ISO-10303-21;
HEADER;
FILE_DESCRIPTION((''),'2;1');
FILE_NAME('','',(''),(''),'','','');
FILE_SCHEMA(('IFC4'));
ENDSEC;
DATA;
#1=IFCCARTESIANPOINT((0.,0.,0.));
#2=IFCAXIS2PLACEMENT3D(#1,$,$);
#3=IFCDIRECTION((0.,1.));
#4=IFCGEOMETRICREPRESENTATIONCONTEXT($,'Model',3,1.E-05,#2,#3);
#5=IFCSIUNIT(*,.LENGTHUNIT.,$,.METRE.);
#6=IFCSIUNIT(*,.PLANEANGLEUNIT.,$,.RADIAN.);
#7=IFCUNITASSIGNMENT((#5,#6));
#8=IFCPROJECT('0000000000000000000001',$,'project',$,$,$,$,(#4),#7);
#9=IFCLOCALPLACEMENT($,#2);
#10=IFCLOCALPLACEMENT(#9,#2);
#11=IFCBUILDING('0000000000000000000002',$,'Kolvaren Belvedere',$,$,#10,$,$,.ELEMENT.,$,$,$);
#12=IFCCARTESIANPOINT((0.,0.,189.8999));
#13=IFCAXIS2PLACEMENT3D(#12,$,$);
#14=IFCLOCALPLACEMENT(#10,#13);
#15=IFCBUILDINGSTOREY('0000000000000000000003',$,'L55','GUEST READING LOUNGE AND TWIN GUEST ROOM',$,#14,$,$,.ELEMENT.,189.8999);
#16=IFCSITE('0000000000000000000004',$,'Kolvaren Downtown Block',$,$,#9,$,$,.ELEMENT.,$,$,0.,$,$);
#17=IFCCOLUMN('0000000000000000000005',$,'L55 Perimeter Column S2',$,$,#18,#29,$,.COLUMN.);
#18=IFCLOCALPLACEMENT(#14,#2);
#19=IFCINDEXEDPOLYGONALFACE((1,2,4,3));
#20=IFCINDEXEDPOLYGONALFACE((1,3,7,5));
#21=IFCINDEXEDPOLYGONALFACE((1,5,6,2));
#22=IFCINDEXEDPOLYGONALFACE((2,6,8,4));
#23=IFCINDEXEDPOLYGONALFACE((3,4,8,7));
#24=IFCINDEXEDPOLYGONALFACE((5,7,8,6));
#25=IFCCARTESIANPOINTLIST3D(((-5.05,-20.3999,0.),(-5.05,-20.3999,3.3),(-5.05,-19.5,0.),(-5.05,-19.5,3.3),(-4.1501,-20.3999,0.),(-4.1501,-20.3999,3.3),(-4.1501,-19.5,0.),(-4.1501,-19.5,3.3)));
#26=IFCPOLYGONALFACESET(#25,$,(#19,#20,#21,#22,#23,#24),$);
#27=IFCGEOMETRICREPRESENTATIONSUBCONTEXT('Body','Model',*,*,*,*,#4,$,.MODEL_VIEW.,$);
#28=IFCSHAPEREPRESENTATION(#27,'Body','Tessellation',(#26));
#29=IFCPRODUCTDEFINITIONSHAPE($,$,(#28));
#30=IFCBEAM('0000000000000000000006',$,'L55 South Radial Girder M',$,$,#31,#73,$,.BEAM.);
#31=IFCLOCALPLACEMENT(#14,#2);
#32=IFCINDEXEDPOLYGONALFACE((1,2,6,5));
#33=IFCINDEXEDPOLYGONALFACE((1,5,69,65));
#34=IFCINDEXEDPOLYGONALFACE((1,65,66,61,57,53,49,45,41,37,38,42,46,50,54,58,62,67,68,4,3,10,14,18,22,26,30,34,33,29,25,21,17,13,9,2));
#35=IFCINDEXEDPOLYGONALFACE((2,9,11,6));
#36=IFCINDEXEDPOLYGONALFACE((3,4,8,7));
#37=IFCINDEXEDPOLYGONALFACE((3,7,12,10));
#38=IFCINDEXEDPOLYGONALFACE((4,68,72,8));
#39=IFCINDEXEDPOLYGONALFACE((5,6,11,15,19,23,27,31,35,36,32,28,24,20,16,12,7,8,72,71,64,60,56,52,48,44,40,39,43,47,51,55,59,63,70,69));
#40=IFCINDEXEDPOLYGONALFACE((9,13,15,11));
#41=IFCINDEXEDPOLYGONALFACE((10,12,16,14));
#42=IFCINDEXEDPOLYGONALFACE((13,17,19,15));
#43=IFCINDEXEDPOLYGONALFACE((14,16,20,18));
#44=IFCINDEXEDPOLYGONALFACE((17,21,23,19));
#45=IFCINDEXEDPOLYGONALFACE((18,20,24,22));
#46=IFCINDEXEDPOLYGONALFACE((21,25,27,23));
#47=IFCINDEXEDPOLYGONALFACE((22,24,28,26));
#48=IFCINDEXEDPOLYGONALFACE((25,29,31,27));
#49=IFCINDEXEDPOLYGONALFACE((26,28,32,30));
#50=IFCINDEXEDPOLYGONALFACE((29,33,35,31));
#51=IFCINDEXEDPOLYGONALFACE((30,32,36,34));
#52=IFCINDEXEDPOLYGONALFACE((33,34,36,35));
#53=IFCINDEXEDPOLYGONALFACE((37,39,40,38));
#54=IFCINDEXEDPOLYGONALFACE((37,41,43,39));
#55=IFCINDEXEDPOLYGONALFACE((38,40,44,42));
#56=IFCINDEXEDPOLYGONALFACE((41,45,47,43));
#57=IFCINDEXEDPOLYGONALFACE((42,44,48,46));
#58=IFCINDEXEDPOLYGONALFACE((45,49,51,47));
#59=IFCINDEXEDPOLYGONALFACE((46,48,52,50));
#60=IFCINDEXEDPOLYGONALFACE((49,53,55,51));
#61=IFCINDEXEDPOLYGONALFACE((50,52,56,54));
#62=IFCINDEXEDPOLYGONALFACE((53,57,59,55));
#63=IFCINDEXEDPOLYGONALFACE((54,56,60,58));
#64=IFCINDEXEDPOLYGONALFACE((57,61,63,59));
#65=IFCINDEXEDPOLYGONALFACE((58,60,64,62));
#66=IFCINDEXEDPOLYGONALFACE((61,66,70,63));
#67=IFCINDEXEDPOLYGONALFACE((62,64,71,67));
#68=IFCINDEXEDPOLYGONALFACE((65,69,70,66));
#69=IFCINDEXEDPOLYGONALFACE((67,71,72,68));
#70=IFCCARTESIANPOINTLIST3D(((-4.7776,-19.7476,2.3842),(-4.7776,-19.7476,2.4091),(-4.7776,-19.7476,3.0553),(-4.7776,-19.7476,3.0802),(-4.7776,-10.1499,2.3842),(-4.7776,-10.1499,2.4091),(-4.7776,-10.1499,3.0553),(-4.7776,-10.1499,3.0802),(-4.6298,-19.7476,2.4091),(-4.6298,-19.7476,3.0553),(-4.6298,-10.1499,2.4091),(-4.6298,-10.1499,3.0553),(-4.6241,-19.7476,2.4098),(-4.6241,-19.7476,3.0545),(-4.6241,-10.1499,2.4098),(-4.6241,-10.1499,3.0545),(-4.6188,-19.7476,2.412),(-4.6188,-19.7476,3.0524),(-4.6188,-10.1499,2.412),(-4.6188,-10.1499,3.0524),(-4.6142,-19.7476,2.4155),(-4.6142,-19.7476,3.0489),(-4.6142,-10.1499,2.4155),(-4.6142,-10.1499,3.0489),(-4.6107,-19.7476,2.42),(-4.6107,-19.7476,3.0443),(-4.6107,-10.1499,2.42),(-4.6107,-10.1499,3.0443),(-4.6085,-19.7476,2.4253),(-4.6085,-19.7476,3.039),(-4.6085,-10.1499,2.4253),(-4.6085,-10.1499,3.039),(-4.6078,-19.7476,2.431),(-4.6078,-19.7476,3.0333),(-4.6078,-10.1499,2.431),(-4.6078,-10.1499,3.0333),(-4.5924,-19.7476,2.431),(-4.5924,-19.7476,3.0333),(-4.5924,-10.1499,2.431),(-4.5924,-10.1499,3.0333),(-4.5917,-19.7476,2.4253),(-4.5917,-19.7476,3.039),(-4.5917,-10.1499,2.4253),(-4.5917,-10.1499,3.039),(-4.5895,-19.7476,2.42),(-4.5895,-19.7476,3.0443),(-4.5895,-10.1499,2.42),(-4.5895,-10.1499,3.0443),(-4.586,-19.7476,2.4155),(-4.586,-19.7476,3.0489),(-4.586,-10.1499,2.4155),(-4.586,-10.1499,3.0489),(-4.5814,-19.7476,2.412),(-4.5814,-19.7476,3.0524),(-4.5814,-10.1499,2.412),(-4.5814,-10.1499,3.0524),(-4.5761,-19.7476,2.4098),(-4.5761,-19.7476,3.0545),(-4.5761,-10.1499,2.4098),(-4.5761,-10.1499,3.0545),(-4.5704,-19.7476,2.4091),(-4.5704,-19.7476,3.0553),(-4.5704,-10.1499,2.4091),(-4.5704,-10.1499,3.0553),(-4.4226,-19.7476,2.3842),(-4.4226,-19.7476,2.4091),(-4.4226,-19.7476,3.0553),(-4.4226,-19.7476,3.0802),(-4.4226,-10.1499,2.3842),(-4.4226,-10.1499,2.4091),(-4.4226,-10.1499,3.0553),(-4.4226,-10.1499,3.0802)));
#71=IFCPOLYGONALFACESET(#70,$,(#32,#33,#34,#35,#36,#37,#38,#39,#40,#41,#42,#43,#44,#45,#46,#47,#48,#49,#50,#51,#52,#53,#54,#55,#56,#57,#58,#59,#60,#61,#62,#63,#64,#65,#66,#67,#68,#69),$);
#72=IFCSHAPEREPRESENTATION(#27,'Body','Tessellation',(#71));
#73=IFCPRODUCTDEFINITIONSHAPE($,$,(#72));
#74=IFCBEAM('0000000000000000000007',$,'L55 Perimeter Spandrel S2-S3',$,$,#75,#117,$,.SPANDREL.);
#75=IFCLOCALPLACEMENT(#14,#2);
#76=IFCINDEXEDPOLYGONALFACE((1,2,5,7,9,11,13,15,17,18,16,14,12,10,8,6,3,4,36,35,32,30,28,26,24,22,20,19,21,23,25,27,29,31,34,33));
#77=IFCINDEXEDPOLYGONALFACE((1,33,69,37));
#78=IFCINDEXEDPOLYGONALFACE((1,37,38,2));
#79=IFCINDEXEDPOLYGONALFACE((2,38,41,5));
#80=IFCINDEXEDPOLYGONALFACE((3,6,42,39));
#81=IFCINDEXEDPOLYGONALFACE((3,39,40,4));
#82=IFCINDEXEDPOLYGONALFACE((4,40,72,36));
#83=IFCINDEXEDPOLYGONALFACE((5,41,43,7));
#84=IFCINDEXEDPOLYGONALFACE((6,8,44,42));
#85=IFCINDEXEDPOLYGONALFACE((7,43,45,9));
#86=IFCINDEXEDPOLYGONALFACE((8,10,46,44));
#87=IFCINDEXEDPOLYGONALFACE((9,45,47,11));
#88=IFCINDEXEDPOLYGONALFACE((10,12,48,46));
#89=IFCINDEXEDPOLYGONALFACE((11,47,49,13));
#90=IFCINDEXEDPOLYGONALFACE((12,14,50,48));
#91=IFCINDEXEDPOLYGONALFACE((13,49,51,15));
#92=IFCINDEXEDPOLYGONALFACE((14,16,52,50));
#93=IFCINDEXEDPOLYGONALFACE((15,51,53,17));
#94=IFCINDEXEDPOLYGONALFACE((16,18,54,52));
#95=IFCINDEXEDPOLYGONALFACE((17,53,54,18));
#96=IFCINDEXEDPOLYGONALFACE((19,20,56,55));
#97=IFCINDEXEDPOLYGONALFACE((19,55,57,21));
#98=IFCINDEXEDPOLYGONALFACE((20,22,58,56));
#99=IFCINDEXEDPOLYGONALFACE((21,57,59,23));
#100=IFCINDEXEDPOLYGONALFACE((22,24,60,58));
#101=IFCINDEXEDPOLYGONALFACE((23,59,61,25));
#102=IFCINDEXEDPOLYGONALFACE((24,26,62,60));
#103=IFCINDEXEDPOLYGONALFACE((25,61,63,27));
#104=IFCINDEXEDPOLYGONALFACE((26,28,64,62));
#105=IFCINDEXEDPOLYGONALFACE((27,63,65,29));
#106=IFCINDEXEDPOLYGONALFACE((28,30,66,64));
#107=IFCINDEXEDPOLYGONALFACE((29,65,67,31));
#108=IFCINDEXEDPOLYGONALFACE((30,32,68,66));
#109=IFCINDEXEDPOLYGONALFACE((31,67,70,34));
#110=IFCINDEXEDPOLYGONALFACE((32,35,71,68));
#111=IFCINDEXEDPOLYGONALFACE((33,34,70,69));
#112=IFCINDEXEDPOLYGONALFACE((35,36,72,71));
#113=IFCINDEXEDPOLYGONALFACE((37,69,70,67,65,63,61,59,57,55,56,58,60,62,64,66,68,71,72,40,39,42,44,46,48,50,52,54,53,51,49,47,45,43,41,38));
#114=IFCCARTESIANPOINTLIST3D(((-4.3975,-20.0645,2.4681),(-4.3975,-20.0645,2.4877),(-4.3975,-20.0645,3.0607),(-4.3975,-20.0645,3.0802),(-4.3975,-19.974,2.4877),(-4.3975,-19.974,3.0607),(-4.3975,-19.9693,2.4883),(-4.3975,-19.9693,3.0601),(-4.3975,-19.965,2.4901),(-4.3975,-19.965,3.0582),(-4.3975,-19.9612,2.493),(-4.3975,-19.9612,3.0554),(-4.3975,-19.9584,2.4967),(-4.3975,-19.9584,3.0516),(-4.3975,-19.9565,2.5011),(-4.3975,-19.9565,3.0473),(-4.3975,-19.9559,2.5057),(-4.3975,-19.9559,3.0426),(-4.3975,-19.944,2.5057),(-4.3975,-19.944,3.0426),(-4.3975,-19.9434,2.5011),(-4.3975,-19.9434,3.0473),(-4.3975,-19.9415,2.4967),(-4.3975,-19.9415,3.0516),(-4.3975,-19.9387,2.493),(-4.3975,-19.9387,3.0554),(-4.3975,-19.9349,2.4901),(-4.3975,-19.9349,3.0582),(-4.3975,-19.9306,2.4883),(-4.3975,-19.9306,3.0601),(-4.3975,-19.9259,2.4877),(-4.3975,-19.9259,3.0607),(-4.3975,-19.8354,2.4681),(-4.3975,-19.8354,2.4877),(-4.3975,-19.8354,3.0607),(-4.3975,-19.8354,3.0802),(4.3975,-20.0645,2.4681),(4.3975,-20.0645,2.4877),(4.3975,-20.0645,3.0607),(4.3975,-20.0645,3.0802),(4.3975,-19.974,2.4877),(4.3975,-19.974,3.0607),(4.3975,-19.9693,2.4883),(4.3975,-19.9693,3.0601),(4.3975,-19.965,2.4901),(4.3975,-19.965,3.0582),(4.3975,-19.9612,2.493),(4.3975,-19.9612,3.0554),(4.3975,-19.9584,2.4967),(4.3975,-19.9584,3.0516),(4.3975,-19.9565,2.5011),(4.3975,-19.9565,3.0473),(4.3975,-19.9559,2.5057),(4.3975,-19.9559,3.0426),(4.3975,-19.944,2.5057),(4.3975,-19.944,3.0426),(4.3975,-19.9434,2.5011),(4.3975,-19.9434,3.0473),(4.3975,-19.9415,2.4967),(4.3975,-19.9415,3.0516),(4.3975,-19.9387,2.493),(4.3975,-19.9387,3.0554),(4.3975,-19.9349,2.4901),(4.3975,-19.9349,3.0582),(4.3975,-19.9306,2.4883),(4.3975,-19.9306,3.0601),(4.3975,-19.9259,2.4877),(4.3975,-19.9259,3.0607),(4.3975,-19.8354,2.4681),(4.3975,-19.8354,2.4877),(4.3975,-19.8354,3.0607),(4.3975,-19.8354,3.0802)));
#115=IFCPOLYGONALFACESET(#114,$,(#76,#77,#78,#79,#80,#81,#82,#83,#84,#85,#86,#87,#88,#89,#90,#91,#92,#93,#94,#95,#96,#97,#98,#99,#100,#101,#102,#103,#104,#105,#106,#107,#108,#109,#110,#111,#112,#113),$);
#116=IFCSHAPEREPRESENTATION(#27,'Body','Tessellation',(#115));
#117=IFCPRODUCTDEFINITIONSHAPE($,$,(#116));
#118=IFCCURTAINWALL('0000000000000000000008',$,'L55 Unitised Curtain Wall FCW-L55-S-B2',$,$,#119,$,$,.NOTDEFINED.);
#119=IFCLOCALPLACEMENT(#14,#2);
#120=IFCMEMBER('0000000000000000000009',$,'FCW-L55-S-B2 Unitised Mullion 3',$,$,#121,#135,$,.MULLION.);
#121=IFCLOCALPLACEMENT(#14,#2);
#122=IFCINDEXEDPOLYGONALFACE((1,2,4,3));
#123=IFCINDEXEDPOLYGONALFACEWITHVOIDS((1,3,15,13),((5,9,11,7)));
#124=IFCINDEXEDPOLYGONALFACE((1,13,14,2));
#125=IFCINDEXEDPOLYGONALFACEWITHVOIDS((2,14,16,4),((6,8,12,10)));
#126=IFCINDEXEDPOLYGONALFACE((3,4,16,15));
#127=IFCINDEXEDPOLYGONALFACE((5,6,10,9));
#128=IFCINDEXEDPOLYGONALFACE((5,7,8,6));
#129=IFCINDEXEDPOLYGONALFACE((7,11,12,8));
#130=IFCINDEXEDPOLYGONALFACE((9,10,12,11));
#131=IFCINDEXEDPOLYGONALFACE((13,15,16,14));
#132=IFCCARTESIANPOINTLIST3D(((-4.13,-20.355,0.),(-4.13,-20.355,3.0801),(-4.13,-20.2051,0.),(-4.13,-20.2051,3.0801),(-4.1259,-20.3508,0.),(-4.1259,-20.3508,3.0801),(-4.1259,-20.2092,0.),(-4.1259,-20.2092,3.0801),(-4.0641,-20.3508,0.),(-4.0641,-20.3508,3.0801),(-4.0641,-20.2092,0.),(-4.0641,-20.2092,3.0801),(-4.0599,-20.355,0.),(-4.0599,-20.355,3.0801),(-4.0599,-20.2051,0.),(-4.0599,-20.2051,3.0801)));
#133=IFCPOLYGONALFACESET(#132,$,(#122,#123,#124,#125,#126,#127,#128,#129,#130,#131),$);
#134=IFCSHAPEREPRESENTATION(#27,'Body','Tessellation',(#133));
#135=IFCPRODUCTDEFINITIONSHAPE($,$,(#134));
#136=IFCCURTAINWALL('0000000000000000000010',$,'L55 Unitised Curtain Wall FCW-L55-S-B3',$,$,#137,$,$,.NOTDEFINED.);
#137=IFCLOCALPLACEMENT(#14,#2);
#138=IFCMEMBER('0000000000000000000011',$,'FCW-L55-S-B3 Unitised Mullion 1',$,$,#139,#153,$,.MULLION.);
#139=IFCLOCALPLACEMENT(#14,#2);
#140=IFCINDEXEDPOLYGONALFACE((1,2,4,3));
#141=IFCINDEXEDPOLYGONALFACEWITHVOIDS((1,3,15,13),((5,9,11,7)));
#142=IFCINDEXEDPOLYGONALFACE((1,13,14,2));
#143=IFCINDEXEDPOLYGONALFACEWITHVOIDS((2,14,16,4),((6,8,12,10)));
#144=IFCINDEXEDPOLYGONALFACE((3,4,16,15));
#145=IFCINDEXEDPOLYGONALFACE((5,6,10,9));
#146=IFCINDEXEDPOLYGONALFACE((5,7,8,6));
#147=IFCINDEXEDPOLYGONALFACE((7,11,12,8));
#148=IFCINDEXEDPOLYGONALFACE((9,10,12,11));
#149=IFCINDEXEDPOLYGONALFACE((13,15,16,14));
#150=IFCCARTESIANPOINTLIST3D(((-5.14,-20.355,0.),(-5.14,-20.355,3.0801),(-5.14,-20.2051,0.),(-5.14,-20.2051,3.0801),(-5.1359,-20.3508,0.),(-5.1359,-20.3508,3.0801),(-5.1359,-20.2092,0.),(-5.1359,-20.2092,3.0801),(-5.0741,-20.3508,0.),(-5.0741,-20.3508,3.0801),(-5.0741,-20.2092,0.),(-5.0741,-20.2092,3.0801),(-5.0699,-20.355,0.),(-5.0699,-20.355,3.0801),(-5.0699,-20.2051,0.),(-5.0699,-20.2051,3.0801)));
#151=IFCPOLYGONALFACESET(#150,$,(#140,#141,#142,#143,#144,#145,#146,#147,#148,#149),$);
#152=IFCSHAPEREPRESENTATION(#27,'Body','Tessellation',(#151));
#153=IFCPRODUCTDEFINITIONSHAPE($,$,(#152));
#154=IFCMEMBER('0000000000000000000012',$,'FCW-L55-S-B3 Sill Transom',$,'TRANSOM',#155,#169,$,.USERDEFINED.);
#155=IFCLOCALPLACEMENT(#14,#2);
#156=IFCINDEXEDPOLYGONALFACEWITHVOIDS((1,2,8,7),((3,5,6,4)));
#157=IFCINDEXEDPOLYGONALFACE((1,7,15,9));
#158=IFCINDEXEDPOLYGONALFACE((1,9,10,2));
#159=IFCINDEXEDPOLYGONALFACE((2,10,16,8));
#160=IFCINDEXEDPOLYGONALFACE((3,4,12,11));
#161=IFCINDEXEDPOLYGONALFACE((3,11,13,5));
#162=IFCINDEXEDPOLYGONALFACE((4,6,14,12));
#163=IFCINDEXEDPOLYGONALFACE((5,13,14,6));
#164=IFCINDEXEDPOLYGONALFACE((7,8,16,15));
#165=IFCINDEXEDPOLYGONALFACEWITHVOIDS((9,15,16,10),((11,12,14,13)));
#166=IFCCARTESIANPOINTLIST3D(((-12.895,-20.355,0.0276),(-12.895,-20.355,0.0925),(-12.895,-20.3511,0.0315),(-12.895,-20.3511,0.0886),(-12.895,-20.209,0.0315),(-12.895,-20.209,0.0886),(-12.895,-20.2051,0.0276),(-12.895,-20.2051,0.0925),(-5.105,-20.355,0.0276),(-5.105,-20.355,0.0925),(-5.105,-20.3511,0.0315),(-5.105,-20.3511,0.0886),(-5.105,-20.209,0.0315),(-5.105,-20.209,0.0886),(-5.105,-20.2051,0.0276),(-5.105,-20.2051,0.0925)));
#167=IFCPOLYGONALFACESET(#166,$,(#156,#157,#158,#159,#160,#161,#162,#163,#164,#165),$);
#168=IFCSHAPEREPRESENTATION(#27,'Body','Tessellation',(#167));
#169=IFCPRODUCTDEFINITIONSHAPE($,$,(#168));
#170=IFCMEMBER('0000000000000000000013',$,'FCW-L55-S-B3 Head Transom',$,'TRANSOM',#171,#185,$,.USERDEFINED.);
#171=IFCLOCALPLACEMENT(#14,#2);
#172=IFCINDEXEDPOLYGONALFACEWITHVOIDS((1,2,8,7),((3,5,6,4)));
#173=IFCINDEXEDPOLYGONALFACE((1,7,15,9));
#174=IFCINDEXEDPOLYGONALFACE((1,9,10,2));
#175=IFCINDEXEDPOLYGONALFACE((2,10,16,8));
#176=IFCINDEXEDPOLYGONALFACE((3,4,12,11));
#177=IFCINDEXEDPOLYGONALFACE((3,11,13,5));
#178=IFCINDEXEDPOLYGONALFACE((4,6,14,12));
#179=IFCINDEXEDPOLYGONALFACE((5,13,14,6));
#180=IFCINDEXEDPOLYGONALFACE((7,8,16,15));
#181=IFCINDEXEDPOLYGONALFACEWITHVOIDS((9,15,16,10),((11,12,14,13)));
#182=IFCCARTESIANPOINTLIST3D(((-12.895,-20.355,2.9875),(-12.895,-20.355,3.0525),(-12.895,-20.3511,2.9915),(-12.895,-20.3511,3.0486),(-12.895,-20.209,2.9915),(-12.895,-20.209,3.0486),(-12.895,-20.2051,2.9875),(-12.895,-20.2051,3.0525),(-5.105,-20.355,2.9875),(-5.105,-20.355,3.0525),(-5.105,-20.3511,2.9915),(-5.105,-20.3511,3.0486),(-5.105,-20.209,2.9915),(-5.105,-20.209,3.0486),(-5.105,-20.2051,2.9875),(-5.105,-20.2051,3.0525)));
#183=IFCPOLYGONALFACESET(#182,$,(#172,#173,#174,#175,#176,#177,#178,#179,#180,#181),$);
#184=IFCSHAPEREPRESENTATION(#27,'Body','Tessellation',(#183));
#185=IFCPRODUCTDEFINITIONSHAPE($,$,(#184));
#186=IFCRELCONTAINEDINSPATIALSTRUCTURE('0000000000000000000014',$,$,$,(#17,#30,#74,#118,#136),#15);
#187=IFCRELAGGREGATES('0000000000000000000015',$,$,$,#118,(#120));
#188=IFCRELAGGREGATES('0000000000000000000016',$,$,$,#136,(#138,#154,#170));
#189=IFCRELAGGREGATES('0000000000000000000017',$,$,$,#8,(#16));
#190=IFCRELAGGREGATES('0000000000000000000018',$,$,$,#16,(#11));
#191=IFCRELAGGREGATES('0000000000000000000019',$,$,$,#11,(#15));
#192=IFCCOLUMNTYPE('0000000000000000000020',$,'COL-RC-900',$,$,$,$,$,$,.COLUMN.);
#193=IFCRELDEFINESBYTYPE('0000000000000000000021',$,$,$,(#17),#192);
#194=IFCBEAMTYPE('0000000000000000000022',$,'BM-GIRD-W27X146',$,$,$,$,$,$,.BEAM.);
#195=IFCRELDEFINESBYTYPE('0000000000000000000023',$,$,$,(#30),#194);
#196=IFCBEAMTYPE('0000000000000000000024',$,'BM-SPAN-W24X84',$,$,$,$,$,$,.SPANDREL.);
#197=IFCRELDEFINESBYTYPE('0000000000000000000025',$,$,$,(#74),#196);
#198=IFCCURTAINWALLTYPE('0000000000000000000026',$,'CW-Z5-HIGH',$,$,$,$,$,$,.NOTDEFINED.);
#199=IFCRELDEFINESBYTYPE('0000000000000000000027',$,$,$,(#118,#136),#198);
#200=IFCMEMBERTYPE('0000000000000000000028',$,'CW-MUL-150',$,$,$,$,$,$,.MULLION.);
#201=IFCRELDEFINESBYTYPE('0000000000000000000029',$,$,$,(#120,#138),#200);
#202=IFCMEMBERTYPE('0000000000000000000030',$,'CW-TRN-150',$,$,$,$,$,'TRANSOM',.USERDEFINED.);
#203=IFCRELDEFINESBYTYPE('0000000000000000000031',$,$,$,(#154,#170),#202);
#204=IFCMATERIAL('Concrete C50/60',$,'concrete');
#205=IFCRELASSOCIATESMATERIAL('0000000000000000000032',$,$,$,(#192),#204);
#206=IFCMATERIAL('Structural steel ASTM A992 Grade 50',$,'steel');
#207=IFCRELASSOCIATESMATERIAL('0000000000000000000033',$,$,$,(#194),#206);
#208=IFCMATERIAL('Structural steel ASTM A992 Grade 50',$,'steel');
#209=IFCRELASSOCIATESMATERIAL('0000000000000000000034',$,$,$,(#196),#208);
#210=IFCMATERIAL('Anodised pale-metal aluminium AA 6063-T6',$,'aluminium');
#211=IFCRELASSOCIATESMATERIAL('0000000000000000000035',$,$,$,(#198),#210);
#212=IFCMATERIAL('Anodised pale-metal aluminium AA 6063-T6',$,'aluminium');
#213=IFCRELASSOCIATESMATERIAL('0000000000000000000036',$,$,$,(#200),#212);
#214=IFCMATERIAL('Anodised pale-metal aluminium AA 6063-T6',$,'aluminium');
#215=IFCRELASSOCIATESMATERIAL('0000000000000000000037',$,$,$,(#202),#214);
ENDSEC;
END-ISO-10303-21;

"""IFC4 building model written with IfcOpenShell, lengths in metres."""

from ifc_helpers import new_model, si_unit, direction, frame, origin, origin_2d, place, context, subcontext, project, spatial, rectangle, hollow_rectangle, i_section, extrude, material, material_profile, profile_set, type_object, element, aggregate, save


model = new_model("IFC4")

# Units and contexts
model_context = context("Model", 3, precision=1e-05, world=origin(), true_north=direction((0.0, 1.0)))
body_context = subcontext(model_context, "Body", "Model", "MODEL_VIEW")
ifc_project = project(units=[si_unit("LENGTHUNIT", "METRE"), si_unit("PLANEANGLEUNIT", "RADIAN")], contexts=[model_context])

# Site, building, storey
site_placement = place(None, origin())
site = spatial("IfcSite", under=ifc_project, at=site_placement, Name="Kolvaren Downtown Block", CompositionType="ELEMENT", RefElevation=0.0)
building_placement = place(site_placement, origin())
building = spatial("IfcBuilding", under=site, at=building_placement, Name="Kolvaren Belvedere", CompositionType="ELEMENT")
storey_placement = place(building_placement, frame((0.0, 0.0, 189.8999)))
storey = spatial("IfcBuildingStorey", under=building, at=storey_placement, Name="L55", Description="GUEST READING LOUNGE AND TWIN GUEST ROOM", CompositionType="ELEMENT", Elevation=189.8999)

# Column
ifc_material_1 = material(Name="Concrete C50/60", Category="concrete")
ifc_material_profile_1 = material_profile(ifc_material_1, rectangle(XDim=0.8999, YDim=0.8999, at=origin_2d()), Name="RC 900X900")
ifc_profile_set_1 = profile_set([ifc_material_profile_1], Name="Concrete C50/60")
column_type = type_object("IfcColumnType", Name="COL-RC-900", PredefinedType="COLUMN", material=ifc_profile_set_1)
column_placement = place(storey_placement, frame((-4.6001, -19.95, 0.0), z_axis=(0.0, 0.0, 1.0), x_axis=(1.0, 0.0, 0.0)))
element("IfcColumn", 1, at=column_placement, inside=storey, type_object=column_type, Name="L55 Perimeter Column S2", PredefinedType="COLUMN", context=body_context, shape_type="SweptSolid", body=[
    extrude(rectangle(XDim=0.8999, YDim=0.8999, at=origin_2d()), origin(), (0.0, 0.0, 1.0), 3.3),
])

# Beams
ifc_material_2 = material(Name="Structural steel ASTM A992 Grade 50", Category="steel")
ifc_material_profile_2 = material_profile(ifc_material_2, i_section(OverallWidth=0.355, OverallDepth=0.696, WebThickness=0.0154, FlangeThickness=0.0249, FilletRadius=0.022, at=origin_2d()), Name="W27X146")
ifc_profile_set_2 = profile_set([ifc_material_profile_2], Name="Structural steel ASTM A992 Grade 50")
beam_type_1 = type_object("IfcBeamType", Name="BM-GIRD-W27X146", PredefinedType="BEAM", material=ifc_profile_set_2)
beam_1_placement = place(storey_placement, frame((-4.6001, -10.1499, 2.7322), z_axis=(0.0, -1.0, 0.0), x_axis=(1.0, 0.0, 0.0)))
element("IfcBeam", 2, at=beam_1_placement, inside=storey, type_object=beam_type_1, Name="L55 South Radial Girder M", PredefinedType="BEAM", context=body_context, shape_type="SweptSolid", body=[
    extrude(i_section(OverallWidth=0.355, OverallDepth=0.696, WebThickness=0.0154, FlangeThickness=0.0249, FilletRadius=0.022, at=origin_2d()), origin(), (0.0, 0.0, 1.0), 9.5977),
])
ifc_material_3 = material(Name="Structural steel ASTM A992 Grade 50", Category="steel")
ifc_material_profile_3 = material_profile(ifc_material_3, i_section(OverallWidth=0.229, OverallDepth=0.6121, WebThickness=0.012, FlangeThickness=0.0195, FilletRadius=0.0181, at=origin_2d()), Name="W24X84")
ifc_profile_set_3 = profile_set([ifc_material_profile_3], Name="Structural steel ASTM A992 Grade 50")
beam_type_2 = type_object("IfcBeamType", Name="BM-SPAN-W24X84", PredefinedType="SPANDREL", material=ifc_profile_set_3)
beam_2_placement = place(storey_placement, frame((-4.3975, -19.95, 2.7742), z_axis=(1.0, 0.0, 0.0), x_axis=(0.0, 1.0, 0.0)))
element("IfcBeam", 3, at=beam_2_placement, inside=storey, type_object=beam_type_2, Name="L55 Perimeter Spandrel S2-S3", PredefinedType="SPANDREL", context=body_context, shape_type="SweptSolid", body=[
    extrude(i_section(OverallWidth=0.229, OverallDepth=0.6121, WebThickness=0.012, FlangeThickness=0.0195, FilletRadius=0.0181, at=origin_2d()), origin(), (0.0, 0.0, 1.0), 8.7949),
])

# Curtain wall, member
ifc_material_4 = material(Name="Anodised pale-metal aluminium AA 6063-T6", Category="aluminium")
curtain_wall_type = type_object("IfcCurtainWallType", Name="CW-Z5-HIGH", PredefinedType="NOTDEFINED", material=ifc_material_4)
curtain_wall_1_placement = place(storey_placement, origin())
curtain_wall_1 = element("IfcCurtainWall", 4, at=curtain_wall_1_placement, inside=storey, type_object=curtain_wall_type, Name="L55 Unitised Curtain Wall FCW-L55-S-B2", PredefinedType="NOTDEFINED")
ifc_material_5 = material(Name="Anodised pale-metal aluminium AA 6063-T6", Category="aluminium")
ifc_material_profile_4 = material_profile(ifc_material_5, hollow_rectangle(XDim=0.0701, YDim=0.1499, WallThickness=0.0042, at=origin_2d()), Name="ALU-MUL-150X70")
ifc_profile_set_4 = profile_set([ifc_material_profile_4], Name="Anodised pale-metal aluminium AA 6063-T6")
member_type_1 = type_object("IfcMemberType", Name="CW-MUL-150", PredefinedType="MULLION", material=ifc_profile_set_4)
member_1_placement = place(storey_placement, frame((-4.095, -20.28, 0.0), z_axis=(0.0, 0.0, 1.0), x_axis=(1.0, 0.0, 0.0)))
member_1 = element("IfcMember", 5, at=member_1_placement, type_object=member_type_1, Name="FCW-L55-S-B2 Unitised Mullion 3", PredefinedType="MULLION", context=body_context, shape_type="SweptSolid", body=[
    extrude(hollow_rectangle(XDim=0.0701, YDim=0.1499, WallThickness=0.0042, at=origin_2d()), origin(), (0.0, 0.0, 1.0), 3.0801),
])

# Curtain wall, members
curtain_wall_2_placement = place(storey_placement, origin())
curtain_wall_2 = element("IfcCurtainWall", 6, at=curtain_wall_2_placement, inside=storey, type_object=curtain_wall_type, Name="L55 Unitised Curtain Wall FCW-L55-S-B3", PredefinedType="NOTDEFINED")
member_2_placement = place(storey_placement, frame((-5.105, -20.28, 0.0), z_axis=(0.0, 0.0, 1.0), x_axis=(1.0, 0.0, 0.0)))
member_2 = element("IfcMember", 7, at=member_2_placement, type_object=member_type_1, Name="FCW-L55-S-B3 Unitised Mullion 1", PredefinedType="MULLION", context=body_context, shape_type="SweptSolid", body=[
    extrude(hollow_rectangle(XDim=0.0701, YDim=0.1499, WallThickness=0.0042, at=origin_2d()), origin(), (0.0, 0.0, 1.0), 3.0801),
])
ifc_material_6 = material(Name="Anodised pale-metal aluminium AA 6063-T6", Category="aluminium")
ifc_material_profile_5 = material_profile(ifc_material_6, hollow_rectangle(XDim=0.0649, YDim=0.1499, WallThickness=0.0039, at=origin_2d()), Name="ALU-TRN-150X65")
ifc_profile_set_5 = profile_set([ifc_material_profile_5], Name="Anodised pale-metal aluminium AA 6063-T6")
member_type_2 = type_object("IfcMemberType", Name="CW-TRN-150", ElementType="TRANSOM", PredefinedType="USERDEFINED", material=ifc_profile_set_5)
member_3_placement = place(storey_placement, frame((-5.105, -20.28, 0.0601), z_axis=(-1.0, 0.0, 0.0), x_axis=(0.0, 0.0, 1.0)))
member_3 = element("IfcMember", 8, at=member_3_placement, type_object=member_type_2, Name="FCW-L55-S-B3 Sill Transom", ObjectType="TRANSOM", PredefinedType="USERDEFINED", context=body_context, shape_type="SweptSolid", body=[
    extrude(hollow_rectangle(XDim=0.0649, YDim=0.1499, WallThickness=0.0039, at=origin_2d()), origin(), (0.0, 0.0, 1.0), 7.79),
])
member_4_placement = place(storey_placement, frame((-5.105, -20.28, 3.02), z_axis=(-1.0, 0.0, 0.0), x_axis=(0.0, 0.0, 1.0)))
member_4 = element("IfcMember", 9, at=member_4_placement, type_object=member_type_2, Name="FCW-L55-S-B3 Head Transom", ObjectType="TRANSOM", PredefinedType="USERDEFINED", context=body_context, shape_type="SweptSolid", body=[
    extrude(hollow_rectangle(XDim=0.0649, YDim=0.1499, WallThickness=0.0039, at=origin_2d()), origin(), (0.0, 0.0, 1.0), 7.79),
])

aggregate(curtain_wall_1, [member_1])
aggregate(curtain_wall_2, [member_2, member_3, member_4])

save(model, "model.ifc")
